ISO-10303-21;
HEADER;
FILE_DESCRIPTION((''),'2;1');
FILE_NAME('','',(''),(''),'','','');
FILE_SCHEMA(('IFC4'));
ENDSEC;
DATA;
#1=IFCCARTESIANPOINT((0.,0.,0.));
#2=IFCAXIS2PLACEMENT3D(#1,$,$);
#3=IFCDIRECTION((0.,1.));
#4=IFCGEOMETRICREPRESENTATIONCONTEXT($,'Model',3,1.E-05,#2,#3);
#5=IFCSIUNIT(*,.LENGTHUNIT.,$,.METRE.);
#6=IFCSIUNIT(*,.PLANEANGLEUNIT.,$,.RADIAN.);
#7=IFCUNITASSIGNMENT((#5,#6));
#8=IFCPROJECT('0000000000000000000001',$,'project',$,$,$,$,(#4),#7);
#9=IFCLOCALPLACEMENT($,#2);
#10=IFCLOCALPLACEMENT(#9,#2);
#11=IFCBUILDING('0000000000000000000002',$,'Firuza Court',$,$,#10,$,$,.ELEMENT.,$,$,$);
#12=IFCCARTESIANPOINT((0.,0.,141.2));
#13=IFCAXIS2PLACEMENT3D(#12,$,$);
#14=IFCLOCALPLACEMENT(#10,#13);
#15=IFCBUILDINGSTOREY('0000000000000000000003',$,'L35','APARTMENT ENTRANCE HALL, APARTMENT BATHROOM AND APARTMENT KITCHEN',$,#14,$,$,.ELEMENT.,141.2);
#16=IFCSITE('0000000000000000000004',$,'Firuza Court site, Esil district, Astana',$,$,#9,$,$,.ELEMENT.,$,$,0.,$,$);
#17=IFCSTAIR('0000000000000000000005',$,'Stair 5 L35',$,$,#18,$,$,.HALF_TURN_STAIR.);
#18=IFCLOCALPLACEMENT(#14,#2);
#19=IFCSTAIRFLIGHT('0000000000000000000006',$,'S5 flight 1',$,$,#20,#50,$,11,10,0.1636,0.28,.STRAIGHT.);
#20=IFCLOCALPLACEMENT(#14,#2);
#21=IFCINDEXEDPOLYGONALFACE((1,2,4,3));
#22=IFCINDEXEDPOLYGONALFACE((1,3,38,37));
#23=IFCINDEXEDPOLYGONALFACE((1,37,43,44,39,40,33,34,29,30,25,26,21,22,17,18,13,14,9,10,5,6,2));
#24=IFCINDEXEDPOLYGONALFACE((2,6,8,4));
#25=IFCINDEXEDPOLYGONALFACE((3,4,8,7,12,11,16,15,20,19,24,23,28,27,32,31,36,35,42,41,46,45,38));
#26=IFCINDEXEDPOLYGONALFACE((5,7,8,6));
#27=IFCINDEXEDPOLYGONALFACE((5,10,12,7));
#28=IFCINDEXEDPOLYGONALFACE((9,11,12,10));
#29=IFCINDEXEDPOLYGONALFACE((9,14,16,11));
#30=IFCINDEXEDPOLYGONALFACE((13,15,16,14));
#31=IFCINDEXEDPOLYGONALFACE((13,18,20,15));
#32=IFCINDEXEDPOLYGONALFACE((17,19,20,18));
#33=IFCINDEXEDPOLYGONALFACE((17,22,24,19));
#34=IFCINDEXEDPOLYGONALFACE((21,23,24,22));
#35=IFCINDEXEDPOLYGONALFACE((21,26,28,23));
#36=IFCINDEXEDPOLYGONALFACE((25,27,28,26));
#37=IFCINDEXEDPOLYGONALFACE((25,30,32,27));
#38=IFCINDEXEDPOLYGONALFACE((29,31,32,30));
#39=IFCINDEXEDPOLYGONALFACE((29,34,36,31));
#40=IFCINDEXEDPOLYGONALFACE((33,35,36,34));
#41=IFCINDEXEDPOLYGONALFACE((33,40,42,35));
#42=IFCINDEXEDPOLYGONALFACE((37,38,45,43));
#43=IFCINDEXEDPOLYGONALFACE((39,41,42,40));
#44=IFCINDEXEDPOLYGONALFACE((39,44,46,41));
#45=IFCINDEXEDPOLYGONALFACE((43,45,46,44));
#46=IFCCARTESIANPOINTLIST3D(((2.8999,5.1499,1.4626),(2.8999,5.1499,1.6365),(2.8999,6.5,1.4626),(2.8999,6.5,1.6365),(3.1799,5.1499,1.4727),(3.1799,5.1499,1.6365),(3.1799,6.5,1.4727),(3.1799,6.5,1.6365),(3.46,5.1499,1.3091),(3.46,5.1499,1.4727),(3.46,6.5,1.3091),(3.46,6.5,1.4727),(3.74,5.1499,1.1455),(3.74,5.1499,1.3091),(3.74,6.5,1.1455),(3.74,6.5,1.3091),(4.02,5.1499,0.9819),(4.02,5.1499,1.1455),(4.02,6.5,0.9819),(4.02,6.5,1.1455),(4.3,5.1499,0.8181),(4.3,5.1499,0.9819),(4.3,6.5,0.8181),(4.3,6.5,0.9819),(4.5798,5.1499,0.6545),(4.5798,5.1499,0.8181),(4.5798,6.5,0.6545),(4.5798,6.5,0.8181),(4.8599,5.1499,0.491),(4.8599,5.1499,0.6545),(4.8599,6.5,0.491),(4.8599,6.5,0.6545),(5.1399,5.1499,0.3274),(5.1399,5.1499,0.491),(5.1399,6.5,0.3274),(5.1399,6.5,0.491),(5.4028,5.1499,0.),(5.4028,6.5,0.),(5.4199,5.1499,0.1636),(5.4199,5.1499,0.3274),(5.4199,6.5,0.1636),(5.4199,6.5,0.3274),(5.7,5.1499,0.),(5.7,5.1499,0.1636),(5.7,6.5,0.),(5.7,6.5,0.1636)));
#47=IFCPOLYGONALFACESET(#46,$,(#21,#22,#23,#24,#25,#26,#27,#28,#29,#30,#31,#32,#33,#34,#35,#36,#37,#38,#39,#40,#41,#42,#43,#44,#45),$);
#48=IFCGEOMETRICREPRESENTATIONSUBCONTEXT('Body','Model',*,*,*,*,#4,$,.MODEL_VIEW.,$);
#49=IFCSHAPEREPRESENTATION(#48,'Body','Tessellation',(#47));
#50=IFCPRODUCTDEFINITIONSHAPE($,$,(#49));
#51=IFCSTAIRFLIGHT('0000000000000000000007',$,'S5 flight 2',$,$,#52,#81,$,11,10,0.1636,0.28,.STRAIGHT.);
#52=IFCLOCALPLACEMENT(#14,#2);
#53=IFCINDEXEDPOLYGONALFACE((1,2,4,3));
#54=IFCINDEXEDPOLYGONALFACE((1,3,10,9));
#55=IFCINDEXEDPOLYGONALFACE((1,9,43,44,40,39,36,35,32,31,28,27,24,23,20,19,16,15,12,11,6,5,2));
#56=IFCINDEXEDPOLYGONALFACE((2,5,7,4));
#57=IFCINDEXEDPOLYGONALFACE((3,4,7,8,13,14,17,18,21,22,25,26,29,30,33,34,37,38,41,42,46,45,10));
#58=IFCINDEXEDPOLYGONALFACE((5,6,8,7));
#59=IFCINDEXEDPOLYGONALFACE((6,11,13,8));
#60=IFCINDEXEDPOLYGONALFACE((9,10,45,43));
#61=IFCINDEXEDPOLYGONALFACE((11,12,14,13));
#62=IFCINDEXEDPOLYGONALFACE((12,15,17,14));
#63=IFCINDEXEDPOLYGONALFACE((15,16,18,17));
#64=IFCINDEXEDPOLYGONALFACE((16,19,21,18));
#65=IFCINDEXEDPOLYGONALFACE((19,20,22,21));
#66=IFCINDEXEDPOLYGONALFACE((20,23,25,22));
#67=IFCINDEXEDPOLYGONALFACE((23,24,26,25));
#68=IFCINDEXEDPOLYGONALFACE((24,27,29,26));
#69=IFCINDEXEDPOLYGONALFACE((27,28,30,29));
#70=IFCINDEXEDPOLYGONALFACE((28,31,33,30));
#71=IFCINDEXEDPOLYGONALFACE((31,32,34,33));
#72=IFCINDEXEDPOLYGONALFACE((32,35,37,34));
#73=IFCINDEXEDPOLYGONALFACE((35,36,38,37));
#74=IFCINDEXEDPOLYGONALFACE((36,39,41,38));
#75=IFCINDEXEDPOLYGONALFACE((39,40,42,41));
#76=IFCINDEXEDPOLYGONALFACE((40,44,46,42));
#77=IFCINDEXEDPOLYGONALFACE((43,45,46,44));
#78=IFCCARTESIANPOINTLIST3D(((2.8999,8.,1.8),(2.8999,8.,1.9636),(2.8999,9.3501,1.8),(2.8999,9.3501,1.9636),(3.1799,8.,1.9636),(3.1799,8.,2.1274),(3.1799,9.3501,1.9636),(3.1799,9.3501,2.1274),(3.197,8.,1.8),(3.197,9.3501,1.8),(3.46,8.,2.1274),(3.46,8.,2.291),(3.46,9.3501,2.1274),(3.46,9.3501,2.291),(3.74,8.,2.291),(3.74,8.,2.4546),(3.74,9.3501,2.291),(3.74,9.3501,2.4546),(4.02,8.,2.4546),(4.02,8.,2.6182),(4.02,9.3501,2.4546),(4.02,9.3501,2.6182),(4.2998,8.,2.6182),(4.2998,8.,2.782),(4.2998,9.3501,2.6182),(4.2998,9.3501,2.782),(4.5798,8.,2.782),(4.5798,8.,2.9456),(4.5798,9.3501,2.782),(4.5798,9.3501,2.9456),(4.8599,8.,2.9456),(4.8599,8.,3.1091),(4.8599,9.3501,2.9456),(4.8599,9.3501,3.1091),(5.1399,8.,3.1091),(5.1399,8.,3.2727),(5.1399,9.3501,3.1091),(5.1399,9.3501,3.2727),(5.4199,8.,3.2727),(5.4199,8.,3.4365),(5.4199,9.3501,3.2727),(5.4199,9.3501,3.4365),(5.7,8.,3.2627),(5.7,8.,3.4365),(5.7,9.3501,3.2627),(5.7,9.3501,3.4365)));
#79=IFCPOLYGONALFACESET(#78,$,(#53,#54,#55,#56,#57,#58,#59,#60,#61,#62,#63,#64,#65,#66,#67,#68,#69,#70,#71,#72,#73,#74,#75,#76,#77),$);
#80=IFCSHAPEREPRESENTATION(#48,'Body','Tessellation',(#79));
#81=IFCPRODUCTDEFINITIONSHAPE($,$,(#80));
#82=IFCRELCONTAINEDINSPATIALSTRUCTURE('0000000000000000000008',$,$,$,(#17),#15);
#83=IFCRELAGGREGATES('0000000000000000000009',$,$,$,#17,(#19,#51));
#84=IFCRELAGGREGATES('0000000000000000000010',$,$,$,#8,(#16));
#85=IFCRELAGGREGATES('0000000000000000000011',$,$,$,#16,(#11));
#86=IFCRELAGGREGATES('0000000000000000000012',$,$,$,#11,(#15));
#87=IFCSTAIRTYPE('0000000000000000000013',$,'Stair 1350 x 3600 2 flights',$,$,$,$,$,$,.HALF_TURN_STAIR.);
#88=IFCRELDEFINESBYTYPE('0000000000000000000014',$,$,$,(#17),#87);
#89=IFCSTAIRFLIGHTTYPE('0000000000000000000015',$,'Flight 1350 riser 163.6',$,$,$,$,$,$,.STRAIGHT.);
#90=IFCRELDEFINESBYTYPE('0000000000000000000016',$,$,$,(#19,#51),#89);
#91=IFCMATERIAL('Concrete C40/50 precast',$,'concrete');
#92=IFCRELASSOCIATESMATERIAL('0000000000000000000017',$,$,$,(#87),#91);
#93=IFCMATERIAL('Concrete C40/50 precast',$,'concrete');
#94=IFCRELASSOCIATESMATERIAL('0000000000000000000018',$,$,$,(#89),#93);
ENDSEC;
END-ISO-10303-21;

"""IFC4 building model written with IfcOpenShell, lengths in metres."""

from ifc_helpers import new_model, si_unit, direction, frame, origin, place, context, subcontext, project, spatial, polyline, outline, extrude, material, type_object, element, aggregate, save


model = new_model("IFC4")

# Units and contexts
model_context = context("Model", 3, precision=1e-05, world=origin(), true_north=direction((0.0, 1.0)))
body_context = subcontext(model_context, "Body", "Model", "MODEL_VIEW")
ifc_project = project(units=[si_unit("LENGTHUNIT", "METRE"), si_unit("PLANEANGLEUNIT", "RADIAN")], contexts=[model_context])

# Site, building, storey
site_placement = place(None, origin())
site = spatial("IfcSite", under=ifc_project, at=site_placement, Name="Firuza Court site, Esil district, Astana", CompositionType="ELEMENT", RefElevation=0.0)
building_placement = place(site_placement, origin())
building = spatial("IfcBuilding", under=site, at=building_placement, Name="Firuza Court", CompositionType="ELEMENT")
storey_placement = place(building_placement, frame((0.0, 0.0, 141.2)))
storey = spatial("IfcBuildingStorey", under=building, at=storey_placement, Name="L35", Description="APARTMENT ENTRANCE HALL, APARTMENT BATHROOM AND APARTMENT KITCHEN", CompositionType="ELEMENT", Elevation=141.2)

# Stair, stair flights
ifc_material_1 = material(Name="Concrete C40/50 precast", Category="concrete")
stair_type = type_object("IfcStairType", Name="Stair 1350 x 3600 2 flights", PredefinedType="HALF_TURN_STAIR", material=ifc_material_1)
stair_placement = place(storey_placement, origin())
stair = element("IfcStair", 1, at=stair_placement, inside=storey, type_object=stair_type, Name="Stair 5 L35", PredefinedType="HALF_TURN_STAIR")
ifc_material_2 = material(Name="Concrete C40/50 precast", Category="concrete")
stair_flight_type = type_object("IfcStairFlightType", Name="Flight 1350 riser 163.6", PredefinedType="STRAIGHT", material=ifc_material_2)
stair_flight_1_placement = place(storey_placement, frame((5.7, 5.825, 0.0), z_axis=(0.0, 0.0, 1.0), x_axis=(-1.0, 0.0, 0.0)))
stair_flight_1 = element("IfcStairFlight", 2, at=stair_flight_1_placement, type_object=stair_flight_type, Name="S5 flight 1", NumberOfRisers=11, NumberOfTreads=10, PredefinedType="STRAIGHT", RiserHeight=0.1636, TreadLength=0.28, context=body_context, shape_type="SweptSolid", body=[
    extrude(outline(polyline([(0.0, 0.0), (0.0, 0.1636), (0.28, 0.1636), (0.28, 0.3274), (0.5601, 0.3274), (0.5601, 0.491), (0.8401, 0.491), (0.8401, 0.6545), (1.1201, 0.6545), (1.1201, 0.8181), (1.3999, 0.8181), (1.3999, 0.9819), (1.6799, 0.9819), (1.6799, 1.1455), (1.96, 1.1455), (1.96, 1.3091), (2.24, 1.3091), (2.24, 1.4727), (2.52, 1.4727), (2.52, 1.6365), (2.8, 1.6365), (2.8, 1.8), (2.8, 1.4626), (0.2971, 0.0), (0.0, 0.0)])), frame((0.0, 0.675, 0.0), z_axis=(0.0, -1.0, 0.0), x_axis=(1.0, 0.0, 0.0)), (0.0, 0.0, 1.0), 1.3501),
])
stair_flight_2_placement = place(storey_placement, frame((2.8999, 8.675, 1.8), z_axis=(0.0, 0.0, 1.0), x_axis=(1.0, 0.0, 0.0)))
stair_flight_2 = element("IfcStairFlight", 3, at=stair_flight_2_placement, type_object=stair_flight_type, Name="S5 flight 2", NumberOfRisers=11, NumberOfTreads=10, PredefinedType="STRAIGHT", RiserHeight=0.1636, TreadLength=0.28, context=body_context, shape_type="SweptSolid", body=[
    extrude(outline(polyline([(0.0, 0.0), (0.0, 0.1636), (0.28, 0.1636), (0.28, 0.3274), (0.5601, 0.3274), (0.5601, 0.491), (0.8401, 0.491), (0.8401, 0.6545), (1.1201, 0.6545), (1.1201, 0.8181), (1.3999, 0.8181), (1.3999, 0.9819), (1.6799, 0.9819), (1.6799, 1.1455), (1.96, 1.1455), (1.96, 1.3091), (2.24, 1.3091), (2.24, 1.4727), (2.52, 1.4727), (2.52, 1.6365), (2.8, 1.6365), (2.8, 1.8), (2.8, 1.4626), (0.2971, 0.0), (0.0, 0.0)])), frame((0.0, 0.675, 0.0), z_axis=(0.0, -1.0, 0.0), x_axis=(1.0, 0.0, 0.0)), (0.0, 0.0, 1.0), 1.3501),
])
aggregate(stair, [stair_flight_1, stair_flight_2])

save(model, "model.ifc")
